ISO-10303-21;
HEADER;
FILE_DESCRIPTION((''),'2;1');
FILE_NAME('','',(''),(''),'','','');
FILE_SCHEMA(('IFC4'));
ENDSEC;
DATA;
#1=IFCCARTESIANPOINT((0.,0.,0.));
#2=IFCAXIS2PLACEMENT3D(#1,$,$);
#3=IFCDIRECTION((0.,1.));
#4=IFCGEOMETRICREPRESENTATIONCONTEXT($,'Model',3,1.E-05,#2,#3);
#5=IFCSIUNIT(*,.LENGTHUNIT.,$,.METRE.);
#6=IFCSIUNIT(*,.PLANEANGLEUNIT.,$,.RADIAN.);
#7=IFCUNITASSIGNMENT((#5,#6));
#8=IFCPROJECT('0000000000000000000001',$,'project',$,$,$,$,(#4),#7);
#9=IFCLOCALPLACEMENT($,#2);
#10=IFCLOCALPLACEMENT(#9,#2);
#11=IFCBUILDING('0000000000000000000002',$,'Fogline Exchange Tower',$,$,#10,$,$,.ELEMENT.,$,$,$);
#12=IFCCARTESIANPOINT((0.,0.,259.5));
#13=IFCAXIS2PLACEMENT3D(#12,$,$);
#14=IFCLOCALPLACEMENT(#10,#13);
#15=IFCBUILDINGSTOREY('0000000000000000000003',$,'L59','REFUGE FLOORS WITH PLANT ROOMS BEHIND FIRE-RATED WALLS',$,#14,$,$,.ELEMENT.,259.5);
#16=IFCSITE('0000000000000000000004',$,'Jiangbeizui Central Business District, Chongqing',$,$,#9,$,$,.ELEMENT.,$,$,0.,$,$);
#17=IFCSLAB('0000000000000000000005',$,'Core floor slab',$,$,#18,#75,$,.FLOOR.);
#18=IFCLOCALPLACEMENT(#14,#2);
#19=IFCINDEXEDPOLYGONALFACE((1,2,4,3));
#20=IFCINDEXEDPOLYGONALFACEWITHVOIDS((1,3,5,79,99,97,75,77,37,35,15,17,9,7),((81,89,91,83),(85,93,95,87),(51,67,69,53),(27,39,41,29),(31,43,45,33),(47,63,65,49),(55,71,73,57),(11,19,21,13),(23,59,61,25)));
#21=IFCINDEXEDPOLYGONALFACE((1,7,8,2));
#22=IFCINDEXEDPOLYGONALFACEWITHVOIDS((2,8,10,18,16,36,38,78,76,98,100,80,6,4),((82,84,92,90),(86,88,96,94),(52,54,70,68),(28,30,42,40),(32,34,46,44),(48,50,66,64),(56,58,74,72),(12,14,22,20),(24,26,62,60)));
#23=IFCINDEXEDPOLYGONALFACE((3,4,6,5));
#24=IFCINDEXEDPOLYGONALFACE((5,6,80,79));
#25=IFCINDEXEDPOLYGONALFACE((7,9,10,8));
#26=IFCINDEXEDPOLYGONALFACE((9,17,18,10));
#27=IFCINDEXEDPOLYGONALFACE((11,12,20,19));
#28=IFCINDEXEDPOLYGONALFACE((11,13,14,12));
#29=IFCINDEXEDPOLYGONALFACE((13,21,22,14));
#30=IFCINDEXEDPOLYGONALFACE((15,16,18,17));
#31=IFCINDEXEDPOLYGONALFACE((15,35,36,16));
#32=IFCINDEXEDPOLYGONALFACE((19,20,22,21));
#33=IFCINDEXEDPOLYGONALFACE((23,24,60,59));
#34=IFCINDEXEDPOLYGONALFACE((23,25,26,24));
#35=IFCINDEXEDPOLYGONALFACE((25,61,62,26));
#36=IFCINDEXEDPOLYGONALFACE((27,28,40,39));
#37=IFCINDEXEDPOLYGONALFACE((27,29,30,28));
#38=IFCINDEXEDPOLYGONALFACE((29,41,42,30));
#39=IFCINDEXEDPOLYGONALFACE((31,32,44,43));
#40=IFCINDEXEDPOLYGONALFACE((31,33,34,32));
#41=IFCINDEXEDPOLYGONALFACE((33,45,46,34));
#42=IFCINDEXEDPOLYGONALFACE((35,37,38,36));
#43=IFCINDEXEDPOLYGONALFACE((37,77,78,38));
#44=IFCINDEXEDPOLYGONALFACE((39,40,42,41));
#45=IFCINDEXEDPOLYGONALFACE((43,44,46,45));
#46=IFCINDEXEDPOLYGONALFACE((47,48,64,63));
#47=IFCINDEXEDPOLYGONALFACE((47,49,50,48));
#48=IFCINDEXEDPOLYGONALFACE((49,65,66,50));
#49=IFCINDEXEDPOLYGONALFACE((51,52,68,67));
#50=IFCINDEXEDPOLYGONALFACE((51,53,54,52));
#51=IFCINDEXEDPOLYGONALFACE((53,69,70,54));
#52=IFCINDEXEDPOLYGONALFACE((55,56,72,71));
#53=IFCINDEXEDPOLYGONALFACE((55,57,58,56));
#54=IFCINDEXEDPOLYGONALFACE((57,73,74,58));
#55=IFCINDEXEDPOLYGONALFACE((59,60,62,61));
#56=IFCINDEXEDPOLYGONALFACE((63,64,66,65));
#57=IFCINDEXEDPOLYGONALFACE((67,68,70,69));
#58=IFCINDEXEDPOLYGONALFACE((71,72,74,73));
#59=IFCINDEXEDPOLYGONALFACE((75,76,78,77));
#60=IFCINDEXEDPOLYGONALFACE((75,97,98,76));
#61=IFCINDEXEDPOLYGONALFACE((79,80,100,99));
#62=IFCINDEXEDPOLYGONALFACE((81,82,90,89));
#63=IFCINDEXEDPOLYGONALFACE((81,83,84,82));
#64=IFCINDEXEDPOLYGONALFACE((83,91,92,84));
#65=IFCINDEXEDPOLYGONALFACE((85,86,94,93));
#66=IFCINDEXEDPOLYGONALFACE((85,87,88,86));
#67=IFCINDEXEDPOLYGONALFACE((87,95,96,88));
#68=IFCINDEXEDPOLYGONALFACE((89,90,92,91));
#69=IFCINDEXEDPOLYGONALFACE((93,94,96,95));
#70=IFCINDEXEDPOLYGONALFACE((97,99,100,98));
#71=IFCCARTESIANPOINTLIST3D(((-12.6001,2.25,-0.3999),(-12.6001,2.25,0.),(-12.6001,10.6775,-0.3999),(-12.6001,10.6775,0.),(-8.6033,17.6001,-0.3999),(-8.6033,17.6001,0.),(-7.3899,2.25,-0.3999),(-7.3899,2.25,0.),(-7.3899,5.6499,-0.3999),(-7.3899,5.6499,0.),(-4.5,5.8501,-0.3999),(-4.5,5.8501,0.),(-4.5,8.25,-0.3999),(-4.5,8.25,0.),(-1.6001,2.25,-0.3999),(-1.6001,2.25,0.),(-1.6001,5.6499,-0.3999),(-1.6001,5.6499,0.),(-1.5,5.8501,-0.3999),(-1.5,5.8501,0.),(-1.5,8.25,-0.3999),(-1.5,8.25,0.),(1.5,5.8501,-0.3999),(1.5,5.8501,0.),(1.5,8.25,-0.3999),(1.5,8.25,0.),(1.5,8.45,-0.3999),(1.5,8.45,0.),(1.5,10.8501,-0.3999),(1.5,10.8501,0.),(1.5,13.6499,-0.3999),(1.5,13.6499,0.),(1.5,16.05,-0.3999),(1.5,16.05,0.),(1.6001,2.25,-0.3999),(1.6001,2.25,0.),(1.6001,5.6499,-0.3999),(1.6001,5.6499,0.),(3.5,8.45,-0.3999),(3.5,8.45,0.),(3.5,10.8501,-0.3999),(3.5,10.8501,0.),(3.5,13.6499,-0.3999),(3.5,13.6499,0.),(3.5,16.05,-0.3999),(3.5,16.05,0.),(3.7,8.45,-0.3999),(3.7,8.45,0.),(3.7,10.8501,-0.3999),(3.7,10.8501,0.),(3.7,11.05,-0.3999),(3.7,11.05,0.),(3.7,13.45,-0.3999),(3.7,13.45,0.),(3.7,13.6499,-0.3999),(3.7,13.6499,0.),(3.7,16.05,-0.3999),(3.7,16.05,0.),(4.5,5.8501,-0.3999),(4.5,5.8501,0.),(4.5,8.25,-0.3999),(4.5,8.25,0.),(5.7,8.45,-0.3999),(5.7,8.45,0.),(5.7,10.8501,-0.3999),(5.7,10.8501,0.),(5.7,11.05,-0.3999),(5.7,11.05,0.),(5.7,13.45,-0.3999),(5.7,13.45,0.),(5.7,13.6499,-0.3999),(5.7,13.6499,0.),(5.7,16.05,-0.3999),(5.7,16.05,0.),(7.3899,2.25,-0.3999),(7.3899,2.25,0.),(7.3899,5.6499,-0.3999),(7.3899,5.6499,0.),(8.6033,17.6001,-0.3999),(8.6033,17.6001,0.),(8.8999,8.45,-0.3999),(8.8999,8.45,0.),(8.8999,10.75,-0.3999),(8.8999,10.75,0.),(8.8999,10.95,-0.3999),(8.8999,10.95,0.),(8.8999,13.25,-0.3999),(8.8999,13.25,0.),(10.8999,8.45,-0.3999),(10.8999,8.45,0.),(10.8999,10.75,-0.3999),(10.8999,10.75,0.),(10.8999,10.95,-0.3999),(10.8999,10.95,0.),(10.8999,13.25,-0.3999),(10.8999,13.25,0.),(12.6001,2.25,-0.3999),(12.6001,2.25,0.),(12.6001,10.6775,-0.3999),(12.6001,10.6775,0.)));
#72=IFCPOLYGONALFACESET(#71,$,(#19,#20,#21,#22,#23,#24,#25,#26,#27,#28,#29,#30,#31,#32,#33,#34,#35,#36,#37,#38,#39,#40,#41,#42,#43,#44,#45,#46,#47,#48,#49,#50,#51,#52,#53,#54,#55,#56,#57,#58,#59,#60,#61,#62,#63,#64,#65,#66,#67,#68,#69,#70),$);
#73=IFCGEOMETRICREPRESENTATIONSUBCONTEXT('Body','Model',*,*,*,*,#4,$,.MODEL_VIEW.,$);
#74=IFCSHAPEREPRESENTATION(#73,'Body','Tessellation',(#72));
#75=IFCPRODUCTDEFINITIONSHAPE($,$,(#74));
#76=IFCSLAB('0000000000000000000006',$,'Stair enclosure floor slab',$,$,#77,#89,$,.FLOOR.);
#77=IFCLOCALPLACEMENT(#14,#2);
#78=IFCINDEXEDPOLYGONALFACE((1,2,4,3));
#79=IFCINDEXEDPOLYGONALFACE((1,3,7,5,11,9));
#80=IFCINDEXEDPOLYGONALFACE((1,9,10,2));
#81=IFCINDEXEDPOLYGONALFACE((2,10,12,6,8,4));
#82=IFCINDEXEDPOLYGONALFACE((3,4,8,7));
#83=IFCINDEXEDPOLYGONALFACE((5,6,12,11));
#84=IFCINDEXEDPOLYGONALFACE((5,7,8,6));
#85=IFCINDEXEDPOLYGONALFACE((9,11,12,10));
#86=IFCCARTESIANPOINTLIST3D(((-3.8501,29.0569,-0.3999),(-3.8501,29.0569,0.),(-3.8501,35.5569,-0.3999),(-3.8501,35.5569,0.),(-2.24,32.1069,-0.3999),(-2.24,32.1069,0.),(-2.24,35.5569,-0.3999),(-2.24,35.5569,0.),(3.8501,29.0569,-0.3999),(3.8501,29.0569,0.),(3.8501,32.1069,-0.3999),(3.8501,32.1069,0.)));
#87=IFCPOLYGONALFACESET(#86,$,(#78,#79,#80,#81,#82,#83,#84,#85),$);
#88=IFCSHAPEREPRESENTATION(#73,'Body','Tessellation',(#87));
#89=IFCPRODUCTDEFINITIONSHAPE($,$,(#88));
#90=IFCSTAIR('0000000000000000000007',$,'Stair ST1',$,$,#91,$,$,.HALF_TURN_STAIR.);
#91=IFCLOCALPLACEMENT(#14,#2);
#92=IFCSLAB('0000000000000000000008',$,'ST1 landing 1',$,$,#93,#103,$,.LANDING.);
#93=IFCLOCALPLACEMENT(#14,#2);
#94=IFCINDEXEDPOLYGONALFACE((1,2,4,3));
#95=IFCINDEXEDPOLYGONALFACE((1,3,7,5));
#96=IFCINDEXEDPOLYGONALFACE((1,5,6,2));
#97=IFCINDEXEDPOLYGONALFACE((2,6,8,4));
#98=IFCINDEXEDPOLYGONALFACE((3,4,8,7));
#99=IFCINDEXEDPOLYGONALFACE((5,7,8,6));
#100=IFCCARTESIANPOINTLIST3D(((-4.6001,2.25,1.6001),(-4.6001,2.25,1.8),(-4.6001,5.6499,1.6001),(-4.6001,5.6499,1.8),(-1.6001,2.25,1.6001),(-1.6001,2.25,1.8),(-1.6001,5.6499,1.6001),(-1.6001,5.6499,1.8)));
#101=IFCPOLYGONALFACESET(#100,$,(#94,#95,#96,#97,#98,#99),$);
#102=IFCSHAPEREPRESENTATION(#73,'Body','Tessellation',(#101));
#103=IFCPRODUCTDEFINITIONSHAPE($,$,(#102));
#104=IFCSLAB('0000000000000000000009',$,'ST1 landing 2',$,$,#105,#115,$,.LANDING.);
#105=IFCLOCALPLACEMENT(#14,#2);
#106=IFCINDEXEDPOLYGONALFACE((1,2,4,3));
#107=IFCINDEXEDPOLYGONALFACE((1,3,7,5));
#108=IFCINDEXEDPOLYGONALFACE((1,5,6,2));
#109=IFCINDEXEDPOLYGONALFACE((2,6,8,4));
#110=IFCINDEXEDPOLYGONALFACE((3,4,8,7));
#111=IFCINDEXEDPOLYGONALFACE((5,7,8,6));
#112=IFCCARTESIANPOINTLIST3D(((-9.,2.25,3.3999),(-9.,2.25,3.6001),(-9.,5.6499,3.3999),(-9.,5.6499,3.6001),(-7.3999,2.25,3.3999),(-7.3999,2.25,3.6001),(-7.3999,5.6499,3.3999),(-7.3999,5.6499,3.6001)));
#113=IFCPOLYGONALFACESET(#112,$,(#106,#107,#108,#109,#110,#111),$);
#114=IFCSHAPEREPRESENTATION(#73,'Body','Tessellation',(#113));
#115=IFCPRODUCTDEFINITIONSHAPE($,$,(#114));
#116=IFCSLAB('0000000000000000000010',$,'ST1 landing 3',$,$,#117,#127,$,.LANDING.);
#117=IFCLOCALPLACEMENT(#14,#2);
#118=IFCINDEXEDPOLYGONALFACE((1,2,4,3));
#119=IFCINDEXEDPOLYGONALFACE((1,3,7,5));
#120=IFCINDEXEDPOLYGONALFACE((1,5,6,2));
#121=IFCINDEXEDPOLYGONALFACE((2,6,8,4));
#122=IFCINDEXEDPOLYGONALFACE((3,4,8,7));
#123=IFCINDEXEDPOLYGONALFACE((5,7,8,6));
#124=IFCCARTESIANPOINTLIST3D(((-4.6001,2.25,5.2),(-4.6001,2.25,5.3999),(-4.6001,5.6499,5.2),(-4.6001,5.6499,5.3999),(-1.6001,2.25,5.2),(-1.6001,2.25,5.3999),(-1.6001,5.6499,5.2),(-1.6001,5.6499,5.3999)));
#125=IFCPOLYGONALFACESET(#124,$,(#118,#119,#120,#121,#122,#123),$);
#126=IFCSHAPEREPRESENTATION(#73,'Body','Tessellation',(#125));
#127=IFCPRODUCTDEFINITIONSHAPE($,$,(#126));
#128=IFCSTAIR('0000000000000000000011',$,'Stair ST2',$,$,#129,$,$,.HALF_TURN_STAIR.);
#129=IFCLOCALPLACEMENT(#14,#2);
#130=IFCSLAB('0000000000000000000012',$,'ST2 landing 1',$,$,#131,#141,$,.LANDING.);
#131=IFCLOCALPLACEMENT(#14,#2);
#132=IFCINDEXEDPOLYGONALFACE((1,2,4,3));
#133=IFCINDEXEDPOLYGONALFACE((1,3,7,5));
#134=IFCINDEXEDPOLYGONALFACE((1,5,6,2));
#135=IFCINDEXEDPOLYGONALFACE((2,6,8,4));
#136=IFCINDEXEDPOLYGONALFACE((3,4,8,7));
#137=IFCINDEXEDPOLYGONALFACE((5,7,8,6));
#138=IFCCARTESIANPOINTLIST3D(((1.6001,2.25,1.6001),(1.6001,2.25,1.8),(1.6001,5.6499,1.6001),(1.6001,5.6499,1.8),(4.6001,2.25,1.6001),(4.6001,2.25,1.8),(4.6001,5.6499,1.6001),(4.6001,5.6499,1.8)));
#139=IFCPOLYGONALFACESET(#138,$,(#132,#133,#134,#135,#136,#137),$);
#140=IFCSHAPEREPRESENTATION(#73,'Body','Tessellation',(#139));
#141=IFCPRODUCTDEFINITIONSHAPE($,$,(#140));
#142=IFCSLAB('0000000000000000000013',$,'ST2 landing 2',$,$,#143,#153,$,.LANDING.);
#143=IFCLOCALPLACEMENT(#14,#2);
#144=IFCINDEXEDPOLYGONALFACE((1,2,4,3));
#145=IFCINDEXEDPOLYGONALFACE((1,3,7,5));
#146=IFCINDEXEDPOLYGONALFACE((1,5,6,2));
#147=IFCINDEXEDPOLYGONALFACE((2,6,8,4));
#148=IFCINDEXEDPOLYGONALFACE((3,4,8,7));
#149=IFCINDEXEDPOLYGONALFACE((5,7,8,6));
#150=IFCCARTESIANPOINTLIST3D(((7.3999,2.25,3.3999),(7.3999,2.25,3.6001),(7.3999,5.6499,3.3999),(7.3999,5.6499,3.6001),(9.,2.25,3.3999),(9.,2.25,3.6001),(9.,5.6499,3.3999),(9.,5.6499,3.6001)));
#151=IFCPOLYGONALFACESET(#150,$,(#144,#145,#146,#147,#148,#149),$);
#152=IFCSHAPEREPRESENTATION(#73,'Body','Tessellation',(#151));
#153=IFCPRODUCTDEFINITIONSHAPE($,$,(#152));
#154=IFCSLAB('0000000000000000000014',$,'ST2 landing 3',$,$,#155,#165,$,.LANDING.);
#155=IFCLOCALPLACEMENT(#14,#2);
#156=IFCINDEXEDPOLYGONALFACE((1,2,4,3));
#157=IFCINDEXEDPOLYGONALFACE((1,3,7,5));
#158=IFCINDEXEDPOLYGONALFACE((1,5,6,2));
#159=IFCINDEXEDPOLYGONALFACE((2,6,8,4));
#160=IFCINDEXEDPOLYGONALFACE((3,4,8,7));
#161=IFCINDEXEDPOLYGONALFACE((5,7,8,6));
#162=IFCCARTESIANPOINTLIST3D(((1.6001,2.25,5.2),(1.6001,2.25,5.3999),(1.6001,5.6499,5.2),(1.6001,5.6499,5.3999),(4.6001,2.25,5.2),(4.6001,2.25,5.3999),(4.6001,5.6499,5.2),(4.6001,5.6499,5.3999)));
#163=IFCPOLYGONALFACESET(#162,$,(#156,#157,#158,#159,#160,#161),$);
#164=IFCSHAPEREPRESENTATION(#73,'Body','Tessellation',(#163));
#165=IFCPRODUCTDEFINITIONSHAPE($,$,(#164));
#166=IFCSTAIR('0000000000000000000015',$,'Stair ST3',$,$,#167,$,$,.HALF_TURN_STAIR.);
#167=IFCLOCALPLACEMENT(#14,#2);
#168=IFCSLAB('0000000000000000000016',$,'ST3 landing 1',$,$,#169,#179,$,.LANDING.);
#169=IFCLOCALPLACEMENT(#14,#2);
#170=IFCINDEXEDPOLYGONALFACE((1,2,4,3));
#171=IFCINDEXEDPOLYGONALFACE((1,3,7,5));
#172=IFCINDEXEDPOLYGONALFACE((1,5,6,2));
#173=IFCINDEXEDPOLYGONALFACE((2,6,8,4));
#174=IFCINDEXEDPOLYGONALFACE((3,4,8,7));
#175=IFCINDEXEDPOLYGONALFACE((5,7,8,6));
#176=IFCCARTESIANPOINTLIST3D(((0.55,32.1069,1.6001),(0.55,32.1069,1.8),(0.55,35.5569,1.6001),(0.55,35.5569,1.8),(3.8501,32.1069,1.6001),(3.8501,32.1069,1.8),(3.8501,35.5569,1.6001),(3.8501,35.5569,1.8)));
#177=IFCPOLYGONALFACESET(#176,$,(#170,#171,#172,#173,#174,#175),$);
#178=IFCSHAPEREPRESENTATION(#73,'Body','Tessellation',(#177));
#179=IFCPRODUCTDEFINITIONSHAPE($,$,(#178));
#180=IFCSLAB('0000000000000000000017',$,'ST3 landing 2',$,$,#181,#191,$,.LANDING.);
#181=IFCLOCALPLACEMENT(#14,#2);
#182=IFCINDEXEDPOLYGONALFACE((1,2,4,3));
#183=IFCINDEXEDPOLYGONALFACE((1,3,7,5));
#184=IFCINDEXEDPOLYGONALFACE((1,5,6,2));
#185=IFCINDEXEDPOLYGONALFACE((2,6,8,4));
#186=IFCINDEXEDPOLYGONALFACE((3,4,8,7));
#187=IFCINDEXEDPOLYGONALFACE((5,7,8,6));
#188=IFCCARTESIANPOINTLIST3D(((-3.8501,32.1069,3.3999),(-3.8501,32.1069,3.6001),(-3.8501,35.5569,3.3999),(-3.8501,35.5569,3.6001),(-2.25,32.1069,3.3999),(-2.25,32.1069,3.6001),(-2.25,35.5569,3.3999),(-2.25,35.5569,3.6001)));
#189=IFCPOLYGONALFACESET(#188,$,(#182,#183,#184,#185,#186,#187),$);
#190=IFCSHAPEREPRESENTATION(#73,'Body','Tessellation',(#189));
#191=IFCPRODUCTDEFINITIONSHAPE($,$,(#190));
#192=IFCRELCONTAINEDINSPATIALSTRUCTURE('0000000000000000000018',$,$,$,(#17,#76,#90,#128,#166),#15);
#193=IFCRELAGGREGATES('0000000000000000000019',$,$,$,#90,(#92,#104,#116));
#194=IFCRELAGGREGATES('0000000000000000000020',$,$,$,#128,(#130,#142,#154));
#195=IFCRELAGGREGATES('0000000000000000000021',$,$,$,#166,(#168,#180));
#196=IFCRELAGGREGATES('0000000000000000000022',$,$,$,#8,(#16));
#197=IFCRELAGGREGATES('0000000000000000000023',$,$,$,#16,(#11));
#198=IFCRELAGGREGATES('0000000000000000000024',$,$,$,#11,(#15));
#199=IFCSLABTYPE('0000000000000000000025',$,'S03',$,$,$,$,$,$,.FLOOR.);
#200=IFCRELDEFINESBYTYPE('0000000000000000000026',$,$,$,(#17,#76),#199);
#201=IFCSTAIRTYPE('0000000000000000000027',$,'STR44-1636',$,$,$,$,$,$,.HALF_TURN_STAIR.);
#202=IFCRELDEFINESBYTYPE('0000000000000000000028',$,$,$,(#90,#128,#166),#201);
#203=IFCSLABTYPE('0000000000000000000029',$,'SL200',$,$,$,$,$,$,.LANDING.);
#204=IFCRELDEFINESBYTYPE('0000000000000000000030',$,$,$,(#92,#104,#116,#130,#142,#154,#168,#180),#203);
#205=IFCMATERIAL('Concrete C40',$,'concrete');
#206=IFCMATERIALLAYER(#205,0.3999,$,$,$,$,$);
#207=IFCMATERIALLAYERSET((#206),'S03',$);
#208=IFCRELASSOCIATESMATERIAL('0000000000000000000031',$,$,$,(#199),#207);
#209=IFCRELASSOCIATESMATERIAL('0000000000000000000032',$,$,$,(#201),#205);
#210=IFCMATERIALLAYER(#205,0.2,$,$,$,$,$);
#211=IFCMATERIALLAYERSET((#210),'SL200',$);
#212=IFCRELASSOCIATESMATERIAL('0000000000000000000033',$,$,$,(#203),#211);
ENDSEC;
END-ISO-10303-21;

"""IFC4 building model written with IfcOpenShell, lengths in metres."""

from ifc_helpers import new_model, si_unit, direction, frame, origin, place, context, subcontext, project, spatial, polyline, outline, extrude, material, layer, layer_set, type_object, element, aggregate, save


model = new_model("IFC4")

# Units and contexts
model_context = context("Model", 3, precision=1e-05, world=origin(), true_north=direction((0.0, 1.0)))
body_context = subcontext(model_context, "Body", "Model", "MODEL_VIEW")
ifc_project = project(units=[si_unit("LENGTHUNIT", "METRE"), si_unit("PLANEANGLEUNIT", "RADIAN")], contexts=[model_context])

# Site, building, storey
site_placement = place(None, origin())
site = spatial("IfcSite", under=ifc_project, at=site_placement, Name="Jiangbeizui Central Business District, Chongqing", CompositionType="ELEMENT", RefElevation=0.0)
building_placement = place(site_placement, origin())
building = spatial("IfcBuilding", under=site, at=building_placement, Name="Fogline Exchange Tower", CompositionType="ELEMENT")
storey_placement = place(building_placement, frame((0.0, 0.0, 259.5)))
storey = spatial("IfcBuildingStorey", under=building, at=storey_placement, Name="L59", Description="REFUGE FLOORS WITH PLANT ROOMS BEHIND FIRE-RATED WALLS", CompositionType="ELEMENT", Elevation=259.5)

# Slabs
ifc_material_1 = material(Name="Concrete C40", Category="concrete")
ifc_layer_1 = layer(ifc_material_1, 0.3999)
ifc_layer_set_1 = layer_set([ifc_layer_1], Name="S03")
slab_type_1 = type_object("IfcSlabType", Name="S03", PredefinedType="FLOOR", material=ifc_layer_set_1)
slab_1_placement = place(storey_placement, frame((0.0, 0.0, -0.3999)))
element("IfcSlab", 1, at=slab_1_placement, inside=storey, type_object=slab_type_1, Name="Core floor slab", PredefinedType="FLOOR", context=body_context, shape_type="SweptSolid", body=[
    extrude(outline(polyline([(-12.6001, 2.25), (-12.6001, 10.6775), (-8.6033, 17.6001), (8.6033, 17.6001), (12.6001, 10.6775), (12.6001, 2.25), (7.3899, 2.25), (7.3899, 5.6499), (1.6001, 5.6499), (1.6001, 2.25), (-1.6001, 2.25), (-1.6001, 5.6499), (-7.3899, 5.6499), (-7.3899, 2.25), (-12.6001, 2.25)]), holes=[polyline([(-4.5, 8.25), (-4.5, 5.8501), (-1.5, 5.8501), (-1.5, 8.25), (-4.5, 8.25)]), polyline([(4.5, 8.25), (1.5, 8.25), (1.5, 5.8501), (4.5, 5.8501), (4.5, 8.25)]), polyline([(3.5, 10.8501), (1.5, 10.8501), (1.5, 8.45), (3.5, 8.45), (3.5, 10.8501)]), polyline([(1.5, 16.05), (1.5, 13.6499), (3.5, 13.6499), (3.5, 16.05), (1.5, 16.05)]), polyline([(10.8999, 10.75), (8.8999, 10.75), (8.8999, 8.45), (10.8999, 8.45), (10.8999, 10.75)]), polyline([(5.7, 10.8501), (3.7, 10.8501), (3.7, 8.45), (5.7, 8.45), (5.7, 10.8501)]), polyline([(8.8999, 13.25), (8.8999, 10.95), (10.8999, 10.95), (10.8999, 13.25), (8.8999, 13.25)]), polyline([(5.7, 13.45), (3.7, 13.45), (3.7, 11.05), (5.7, 11.05), (5.7, 13.45)]), polyline([(5.7, 16.05), (3.7, 16.05), (3.7, 13.6499), (5.7, 13.6499), (5.7, 16.05)])]), origin(), (0.0, 0.0, 1.0), 0.3999),
])
slab_2_placement = place(storey_placement, frame((0.0, 0.0, -0.3999)))
element("IfcSlab", 2, at=slab_2_placement, inside=storey, type_object=slab_type_1, Name="Stair enclosure floor slab", PredefinedType="FLOOR", context=body_context, shape_type="SweptSolid", body=[
    extrude(outline(polyline([(3.8501, 29.0569), (-3.8501, 29.0569), (-3.8501, 35.5569), (-2.24, 35.5569), (-2.24, 32.1069), (3.8501, 32.1069), (3.8501, 29.0569)])), origin(), (0.0, 0.0, 1.0), 0.3999),
])

# Stairs, slabs
stair_type = type_object("IfcStairType", Name="STR44-1636", PredefinedType="HALF_TURN_STAIR", material=ifc_material_1)
stair_1_placement = place(storey_placement, origin())
stair_1 = element("IfcStair", 3, at=stair_1_placement, inside=storey, type_object=stair_type, Name="Stair ST1", PredefinedType="HALF_TURN_STAIR")
ifc_layer_2 = layer(ifc_material_1, 0.2)
ifc_layer_set_2 = layer_set([ifc_layer_2], Name="SL200")
slab_type_2 = type_object("IfcSlabType", Name="SL200", PredefinedType="LANDING", material=ifc_layer_set_2)
slab_3_placement = place(storey_placement, frame((0.0, 0.0, 1.6001)))
slab_3 = element("IfcSlab", 4, at=slab_3_placement, type_object=slab_type_2, Name="ST1 landing 1", PredefinedType="LANDING", context=body_context, shape_type="SweptSolid", body=[
    extrude(outline(polyline([(-4.6001, 2.25), (-1.6001, 2.25), (-1.6001, 5.6499), (-4.6001, 5.6499), (-4.6001, 2.25)])), origin(), (0.0, 0.0, 1.0), 0.2),
])
slab_4_placement = place(storey_placement, frame((0.0, 0.0, 3.3999)))
slab_4 = element("IfcSlab", 5, at=slab_4_placement, type_object=slab_type_2, Name="ST1 landing 2", PredefinedType="LANDING", context=body_context, shape_type="SweptSolid", body=[
    extrude(outline(polyline([(-9.0, 2.25), (-7.3999, 2.25), (-7.3999, 5.6499), (-9.0, 5.6499), (-9.0, 2.25)])), origin(), (0.0, 0.0, 1.0), 0.2002),
])
slab_5_placement = place(storey_placement, frame((0.0, 0.0, 5.2)))
slab_5 = element("IfcSlab", 6, at=slab_5_placement, type_object=slab_type_2, Name="ST1 landing 3", PredefinedType="LANDING", context=body_context, shape_type="SweptSolid", body=[
    extrude(outline(polyline([(-4.6001, 2.25), (-1.6001, 2.25), (-1.6001, 5.6499), (-4.6001, 5.6499), (-4.6001, 2.25)])), origin(), (0.0, 0.0, 1.0), 0.2),
])
aggregate(stair_1, [slab_3, slab_4, slab_5])
stair_2_placement = place(storey_placement, origin())
stair_2 = element("IfcStair", 7, at=stair_2_placement, inside=storey, type_object=stair_type, Name="Stair ST2", PredefinedType="HALF_TURN_STAIR")
slab_6_placement = place(storey_placement, frame((0.0, 0.0, 1.6001)))
slab_6 = element("IfcSlab", 8, at=slab_6_placement, type_object=slab_type_2, Name="ST2 landing 1", PredefinedType="LANDING", context=body_context, shape_type="SweptSolid", body=[
    extrude(outline(polyline([(1.6001, 2.25), (4.6001, 2.25), (4.6001, 5.6499), (1.6001, 5.6499), (1.6001, 2.25)])), origin(), (0.0, 0.0, 1.0), 0.2),
])
slab_7_placement = place(storey_placement, frame((0.0, 0.0, 3.3999)))
slab_7 = element("IfcSlab", 9, at=slab_7_placement, type_object=slab_type_2, Name="ST2 landing 2", PredefinedType="LANDING", context=body_context, shape_type="SweptSolid", body=[
    extrude(outline(polyline([(7.3999, 2.25), (9.0, 2.25), (9.0, 5.6499), (7.3999, 5.6499), (7.3999, 2.25)])), origin(), (0.0, 0.0, 1.0), 0.2002),
])
slab_8_placement = place(storey_placement, frame((0.0, 0.0, 5.2)))
slab_8 = element("IfcSlab", 10, at=slab_8_placement, type_object=slab_type_2, Name="ST2 landing 3", PredefinedType="LANDING", context=body_context, shape_type="SweptSolid", body=[
    extrude(outline(polyline([(1.6001, 2.25), (4.6001, 2.25), (4.6001, 5.6499), (1.6001, 5.6499), (1.6001, 2.25)])), origin(), (0.0, 0.0, 1.0), 0.2),
])
aggregate(stair_2, [slab_6, slab_7, slab_8])
stair_3_placement = place(storey_placement, origin())
stair_3 = element("IfcStair", 11, at=stair_3_placement, inside=storey, type_object=stair_type, Name="Stair ST3", PredefinedType="HALF_TURN_STAIR")
slab_9_placement = place(storey_placement, frame((0.0, 0.0, 1.6001)))
slab_9 = element("IfcSlab", 12, at=slab_9_placement, type_object=slab_type_2, Name="ST3 landing 1", PredefinedType="LANDING", context=body_context, shape_type="SweptSolid", body=[
    extrude(outline(polyline([(0.55, 32.1069), (3.8501, 32.1069), (3.8501, 35.5569), (0.55, 35.5569), (0.55, 32.1069)])), origin(), (0.0, 0.0, 1.0), 0.2),
])
slab_10_placement = place(storey_placement, frame((0.0, 0.0, 3.3999)))
slab_10 = element("IfcSlab", 13, at=slab_10_placement, type_object=slab_type_2, Name="ST3 landing 2", PredefinedType="LANDING", context=body_context, shape_type="SweptSolid", body=[
    extrude(outline(polyline([(-3.8501, 32.1069), (-2.25, 32.1069), (-2.25, 35.5569), (-3.8501, 35.5569), (-3.8501, 32.1069)])), origin(), (0.0, 0.0, 1.0), 0.2002),
])
aggregate(stair_3, [slab_9, slab_10])

save(model, "model.ifc")
